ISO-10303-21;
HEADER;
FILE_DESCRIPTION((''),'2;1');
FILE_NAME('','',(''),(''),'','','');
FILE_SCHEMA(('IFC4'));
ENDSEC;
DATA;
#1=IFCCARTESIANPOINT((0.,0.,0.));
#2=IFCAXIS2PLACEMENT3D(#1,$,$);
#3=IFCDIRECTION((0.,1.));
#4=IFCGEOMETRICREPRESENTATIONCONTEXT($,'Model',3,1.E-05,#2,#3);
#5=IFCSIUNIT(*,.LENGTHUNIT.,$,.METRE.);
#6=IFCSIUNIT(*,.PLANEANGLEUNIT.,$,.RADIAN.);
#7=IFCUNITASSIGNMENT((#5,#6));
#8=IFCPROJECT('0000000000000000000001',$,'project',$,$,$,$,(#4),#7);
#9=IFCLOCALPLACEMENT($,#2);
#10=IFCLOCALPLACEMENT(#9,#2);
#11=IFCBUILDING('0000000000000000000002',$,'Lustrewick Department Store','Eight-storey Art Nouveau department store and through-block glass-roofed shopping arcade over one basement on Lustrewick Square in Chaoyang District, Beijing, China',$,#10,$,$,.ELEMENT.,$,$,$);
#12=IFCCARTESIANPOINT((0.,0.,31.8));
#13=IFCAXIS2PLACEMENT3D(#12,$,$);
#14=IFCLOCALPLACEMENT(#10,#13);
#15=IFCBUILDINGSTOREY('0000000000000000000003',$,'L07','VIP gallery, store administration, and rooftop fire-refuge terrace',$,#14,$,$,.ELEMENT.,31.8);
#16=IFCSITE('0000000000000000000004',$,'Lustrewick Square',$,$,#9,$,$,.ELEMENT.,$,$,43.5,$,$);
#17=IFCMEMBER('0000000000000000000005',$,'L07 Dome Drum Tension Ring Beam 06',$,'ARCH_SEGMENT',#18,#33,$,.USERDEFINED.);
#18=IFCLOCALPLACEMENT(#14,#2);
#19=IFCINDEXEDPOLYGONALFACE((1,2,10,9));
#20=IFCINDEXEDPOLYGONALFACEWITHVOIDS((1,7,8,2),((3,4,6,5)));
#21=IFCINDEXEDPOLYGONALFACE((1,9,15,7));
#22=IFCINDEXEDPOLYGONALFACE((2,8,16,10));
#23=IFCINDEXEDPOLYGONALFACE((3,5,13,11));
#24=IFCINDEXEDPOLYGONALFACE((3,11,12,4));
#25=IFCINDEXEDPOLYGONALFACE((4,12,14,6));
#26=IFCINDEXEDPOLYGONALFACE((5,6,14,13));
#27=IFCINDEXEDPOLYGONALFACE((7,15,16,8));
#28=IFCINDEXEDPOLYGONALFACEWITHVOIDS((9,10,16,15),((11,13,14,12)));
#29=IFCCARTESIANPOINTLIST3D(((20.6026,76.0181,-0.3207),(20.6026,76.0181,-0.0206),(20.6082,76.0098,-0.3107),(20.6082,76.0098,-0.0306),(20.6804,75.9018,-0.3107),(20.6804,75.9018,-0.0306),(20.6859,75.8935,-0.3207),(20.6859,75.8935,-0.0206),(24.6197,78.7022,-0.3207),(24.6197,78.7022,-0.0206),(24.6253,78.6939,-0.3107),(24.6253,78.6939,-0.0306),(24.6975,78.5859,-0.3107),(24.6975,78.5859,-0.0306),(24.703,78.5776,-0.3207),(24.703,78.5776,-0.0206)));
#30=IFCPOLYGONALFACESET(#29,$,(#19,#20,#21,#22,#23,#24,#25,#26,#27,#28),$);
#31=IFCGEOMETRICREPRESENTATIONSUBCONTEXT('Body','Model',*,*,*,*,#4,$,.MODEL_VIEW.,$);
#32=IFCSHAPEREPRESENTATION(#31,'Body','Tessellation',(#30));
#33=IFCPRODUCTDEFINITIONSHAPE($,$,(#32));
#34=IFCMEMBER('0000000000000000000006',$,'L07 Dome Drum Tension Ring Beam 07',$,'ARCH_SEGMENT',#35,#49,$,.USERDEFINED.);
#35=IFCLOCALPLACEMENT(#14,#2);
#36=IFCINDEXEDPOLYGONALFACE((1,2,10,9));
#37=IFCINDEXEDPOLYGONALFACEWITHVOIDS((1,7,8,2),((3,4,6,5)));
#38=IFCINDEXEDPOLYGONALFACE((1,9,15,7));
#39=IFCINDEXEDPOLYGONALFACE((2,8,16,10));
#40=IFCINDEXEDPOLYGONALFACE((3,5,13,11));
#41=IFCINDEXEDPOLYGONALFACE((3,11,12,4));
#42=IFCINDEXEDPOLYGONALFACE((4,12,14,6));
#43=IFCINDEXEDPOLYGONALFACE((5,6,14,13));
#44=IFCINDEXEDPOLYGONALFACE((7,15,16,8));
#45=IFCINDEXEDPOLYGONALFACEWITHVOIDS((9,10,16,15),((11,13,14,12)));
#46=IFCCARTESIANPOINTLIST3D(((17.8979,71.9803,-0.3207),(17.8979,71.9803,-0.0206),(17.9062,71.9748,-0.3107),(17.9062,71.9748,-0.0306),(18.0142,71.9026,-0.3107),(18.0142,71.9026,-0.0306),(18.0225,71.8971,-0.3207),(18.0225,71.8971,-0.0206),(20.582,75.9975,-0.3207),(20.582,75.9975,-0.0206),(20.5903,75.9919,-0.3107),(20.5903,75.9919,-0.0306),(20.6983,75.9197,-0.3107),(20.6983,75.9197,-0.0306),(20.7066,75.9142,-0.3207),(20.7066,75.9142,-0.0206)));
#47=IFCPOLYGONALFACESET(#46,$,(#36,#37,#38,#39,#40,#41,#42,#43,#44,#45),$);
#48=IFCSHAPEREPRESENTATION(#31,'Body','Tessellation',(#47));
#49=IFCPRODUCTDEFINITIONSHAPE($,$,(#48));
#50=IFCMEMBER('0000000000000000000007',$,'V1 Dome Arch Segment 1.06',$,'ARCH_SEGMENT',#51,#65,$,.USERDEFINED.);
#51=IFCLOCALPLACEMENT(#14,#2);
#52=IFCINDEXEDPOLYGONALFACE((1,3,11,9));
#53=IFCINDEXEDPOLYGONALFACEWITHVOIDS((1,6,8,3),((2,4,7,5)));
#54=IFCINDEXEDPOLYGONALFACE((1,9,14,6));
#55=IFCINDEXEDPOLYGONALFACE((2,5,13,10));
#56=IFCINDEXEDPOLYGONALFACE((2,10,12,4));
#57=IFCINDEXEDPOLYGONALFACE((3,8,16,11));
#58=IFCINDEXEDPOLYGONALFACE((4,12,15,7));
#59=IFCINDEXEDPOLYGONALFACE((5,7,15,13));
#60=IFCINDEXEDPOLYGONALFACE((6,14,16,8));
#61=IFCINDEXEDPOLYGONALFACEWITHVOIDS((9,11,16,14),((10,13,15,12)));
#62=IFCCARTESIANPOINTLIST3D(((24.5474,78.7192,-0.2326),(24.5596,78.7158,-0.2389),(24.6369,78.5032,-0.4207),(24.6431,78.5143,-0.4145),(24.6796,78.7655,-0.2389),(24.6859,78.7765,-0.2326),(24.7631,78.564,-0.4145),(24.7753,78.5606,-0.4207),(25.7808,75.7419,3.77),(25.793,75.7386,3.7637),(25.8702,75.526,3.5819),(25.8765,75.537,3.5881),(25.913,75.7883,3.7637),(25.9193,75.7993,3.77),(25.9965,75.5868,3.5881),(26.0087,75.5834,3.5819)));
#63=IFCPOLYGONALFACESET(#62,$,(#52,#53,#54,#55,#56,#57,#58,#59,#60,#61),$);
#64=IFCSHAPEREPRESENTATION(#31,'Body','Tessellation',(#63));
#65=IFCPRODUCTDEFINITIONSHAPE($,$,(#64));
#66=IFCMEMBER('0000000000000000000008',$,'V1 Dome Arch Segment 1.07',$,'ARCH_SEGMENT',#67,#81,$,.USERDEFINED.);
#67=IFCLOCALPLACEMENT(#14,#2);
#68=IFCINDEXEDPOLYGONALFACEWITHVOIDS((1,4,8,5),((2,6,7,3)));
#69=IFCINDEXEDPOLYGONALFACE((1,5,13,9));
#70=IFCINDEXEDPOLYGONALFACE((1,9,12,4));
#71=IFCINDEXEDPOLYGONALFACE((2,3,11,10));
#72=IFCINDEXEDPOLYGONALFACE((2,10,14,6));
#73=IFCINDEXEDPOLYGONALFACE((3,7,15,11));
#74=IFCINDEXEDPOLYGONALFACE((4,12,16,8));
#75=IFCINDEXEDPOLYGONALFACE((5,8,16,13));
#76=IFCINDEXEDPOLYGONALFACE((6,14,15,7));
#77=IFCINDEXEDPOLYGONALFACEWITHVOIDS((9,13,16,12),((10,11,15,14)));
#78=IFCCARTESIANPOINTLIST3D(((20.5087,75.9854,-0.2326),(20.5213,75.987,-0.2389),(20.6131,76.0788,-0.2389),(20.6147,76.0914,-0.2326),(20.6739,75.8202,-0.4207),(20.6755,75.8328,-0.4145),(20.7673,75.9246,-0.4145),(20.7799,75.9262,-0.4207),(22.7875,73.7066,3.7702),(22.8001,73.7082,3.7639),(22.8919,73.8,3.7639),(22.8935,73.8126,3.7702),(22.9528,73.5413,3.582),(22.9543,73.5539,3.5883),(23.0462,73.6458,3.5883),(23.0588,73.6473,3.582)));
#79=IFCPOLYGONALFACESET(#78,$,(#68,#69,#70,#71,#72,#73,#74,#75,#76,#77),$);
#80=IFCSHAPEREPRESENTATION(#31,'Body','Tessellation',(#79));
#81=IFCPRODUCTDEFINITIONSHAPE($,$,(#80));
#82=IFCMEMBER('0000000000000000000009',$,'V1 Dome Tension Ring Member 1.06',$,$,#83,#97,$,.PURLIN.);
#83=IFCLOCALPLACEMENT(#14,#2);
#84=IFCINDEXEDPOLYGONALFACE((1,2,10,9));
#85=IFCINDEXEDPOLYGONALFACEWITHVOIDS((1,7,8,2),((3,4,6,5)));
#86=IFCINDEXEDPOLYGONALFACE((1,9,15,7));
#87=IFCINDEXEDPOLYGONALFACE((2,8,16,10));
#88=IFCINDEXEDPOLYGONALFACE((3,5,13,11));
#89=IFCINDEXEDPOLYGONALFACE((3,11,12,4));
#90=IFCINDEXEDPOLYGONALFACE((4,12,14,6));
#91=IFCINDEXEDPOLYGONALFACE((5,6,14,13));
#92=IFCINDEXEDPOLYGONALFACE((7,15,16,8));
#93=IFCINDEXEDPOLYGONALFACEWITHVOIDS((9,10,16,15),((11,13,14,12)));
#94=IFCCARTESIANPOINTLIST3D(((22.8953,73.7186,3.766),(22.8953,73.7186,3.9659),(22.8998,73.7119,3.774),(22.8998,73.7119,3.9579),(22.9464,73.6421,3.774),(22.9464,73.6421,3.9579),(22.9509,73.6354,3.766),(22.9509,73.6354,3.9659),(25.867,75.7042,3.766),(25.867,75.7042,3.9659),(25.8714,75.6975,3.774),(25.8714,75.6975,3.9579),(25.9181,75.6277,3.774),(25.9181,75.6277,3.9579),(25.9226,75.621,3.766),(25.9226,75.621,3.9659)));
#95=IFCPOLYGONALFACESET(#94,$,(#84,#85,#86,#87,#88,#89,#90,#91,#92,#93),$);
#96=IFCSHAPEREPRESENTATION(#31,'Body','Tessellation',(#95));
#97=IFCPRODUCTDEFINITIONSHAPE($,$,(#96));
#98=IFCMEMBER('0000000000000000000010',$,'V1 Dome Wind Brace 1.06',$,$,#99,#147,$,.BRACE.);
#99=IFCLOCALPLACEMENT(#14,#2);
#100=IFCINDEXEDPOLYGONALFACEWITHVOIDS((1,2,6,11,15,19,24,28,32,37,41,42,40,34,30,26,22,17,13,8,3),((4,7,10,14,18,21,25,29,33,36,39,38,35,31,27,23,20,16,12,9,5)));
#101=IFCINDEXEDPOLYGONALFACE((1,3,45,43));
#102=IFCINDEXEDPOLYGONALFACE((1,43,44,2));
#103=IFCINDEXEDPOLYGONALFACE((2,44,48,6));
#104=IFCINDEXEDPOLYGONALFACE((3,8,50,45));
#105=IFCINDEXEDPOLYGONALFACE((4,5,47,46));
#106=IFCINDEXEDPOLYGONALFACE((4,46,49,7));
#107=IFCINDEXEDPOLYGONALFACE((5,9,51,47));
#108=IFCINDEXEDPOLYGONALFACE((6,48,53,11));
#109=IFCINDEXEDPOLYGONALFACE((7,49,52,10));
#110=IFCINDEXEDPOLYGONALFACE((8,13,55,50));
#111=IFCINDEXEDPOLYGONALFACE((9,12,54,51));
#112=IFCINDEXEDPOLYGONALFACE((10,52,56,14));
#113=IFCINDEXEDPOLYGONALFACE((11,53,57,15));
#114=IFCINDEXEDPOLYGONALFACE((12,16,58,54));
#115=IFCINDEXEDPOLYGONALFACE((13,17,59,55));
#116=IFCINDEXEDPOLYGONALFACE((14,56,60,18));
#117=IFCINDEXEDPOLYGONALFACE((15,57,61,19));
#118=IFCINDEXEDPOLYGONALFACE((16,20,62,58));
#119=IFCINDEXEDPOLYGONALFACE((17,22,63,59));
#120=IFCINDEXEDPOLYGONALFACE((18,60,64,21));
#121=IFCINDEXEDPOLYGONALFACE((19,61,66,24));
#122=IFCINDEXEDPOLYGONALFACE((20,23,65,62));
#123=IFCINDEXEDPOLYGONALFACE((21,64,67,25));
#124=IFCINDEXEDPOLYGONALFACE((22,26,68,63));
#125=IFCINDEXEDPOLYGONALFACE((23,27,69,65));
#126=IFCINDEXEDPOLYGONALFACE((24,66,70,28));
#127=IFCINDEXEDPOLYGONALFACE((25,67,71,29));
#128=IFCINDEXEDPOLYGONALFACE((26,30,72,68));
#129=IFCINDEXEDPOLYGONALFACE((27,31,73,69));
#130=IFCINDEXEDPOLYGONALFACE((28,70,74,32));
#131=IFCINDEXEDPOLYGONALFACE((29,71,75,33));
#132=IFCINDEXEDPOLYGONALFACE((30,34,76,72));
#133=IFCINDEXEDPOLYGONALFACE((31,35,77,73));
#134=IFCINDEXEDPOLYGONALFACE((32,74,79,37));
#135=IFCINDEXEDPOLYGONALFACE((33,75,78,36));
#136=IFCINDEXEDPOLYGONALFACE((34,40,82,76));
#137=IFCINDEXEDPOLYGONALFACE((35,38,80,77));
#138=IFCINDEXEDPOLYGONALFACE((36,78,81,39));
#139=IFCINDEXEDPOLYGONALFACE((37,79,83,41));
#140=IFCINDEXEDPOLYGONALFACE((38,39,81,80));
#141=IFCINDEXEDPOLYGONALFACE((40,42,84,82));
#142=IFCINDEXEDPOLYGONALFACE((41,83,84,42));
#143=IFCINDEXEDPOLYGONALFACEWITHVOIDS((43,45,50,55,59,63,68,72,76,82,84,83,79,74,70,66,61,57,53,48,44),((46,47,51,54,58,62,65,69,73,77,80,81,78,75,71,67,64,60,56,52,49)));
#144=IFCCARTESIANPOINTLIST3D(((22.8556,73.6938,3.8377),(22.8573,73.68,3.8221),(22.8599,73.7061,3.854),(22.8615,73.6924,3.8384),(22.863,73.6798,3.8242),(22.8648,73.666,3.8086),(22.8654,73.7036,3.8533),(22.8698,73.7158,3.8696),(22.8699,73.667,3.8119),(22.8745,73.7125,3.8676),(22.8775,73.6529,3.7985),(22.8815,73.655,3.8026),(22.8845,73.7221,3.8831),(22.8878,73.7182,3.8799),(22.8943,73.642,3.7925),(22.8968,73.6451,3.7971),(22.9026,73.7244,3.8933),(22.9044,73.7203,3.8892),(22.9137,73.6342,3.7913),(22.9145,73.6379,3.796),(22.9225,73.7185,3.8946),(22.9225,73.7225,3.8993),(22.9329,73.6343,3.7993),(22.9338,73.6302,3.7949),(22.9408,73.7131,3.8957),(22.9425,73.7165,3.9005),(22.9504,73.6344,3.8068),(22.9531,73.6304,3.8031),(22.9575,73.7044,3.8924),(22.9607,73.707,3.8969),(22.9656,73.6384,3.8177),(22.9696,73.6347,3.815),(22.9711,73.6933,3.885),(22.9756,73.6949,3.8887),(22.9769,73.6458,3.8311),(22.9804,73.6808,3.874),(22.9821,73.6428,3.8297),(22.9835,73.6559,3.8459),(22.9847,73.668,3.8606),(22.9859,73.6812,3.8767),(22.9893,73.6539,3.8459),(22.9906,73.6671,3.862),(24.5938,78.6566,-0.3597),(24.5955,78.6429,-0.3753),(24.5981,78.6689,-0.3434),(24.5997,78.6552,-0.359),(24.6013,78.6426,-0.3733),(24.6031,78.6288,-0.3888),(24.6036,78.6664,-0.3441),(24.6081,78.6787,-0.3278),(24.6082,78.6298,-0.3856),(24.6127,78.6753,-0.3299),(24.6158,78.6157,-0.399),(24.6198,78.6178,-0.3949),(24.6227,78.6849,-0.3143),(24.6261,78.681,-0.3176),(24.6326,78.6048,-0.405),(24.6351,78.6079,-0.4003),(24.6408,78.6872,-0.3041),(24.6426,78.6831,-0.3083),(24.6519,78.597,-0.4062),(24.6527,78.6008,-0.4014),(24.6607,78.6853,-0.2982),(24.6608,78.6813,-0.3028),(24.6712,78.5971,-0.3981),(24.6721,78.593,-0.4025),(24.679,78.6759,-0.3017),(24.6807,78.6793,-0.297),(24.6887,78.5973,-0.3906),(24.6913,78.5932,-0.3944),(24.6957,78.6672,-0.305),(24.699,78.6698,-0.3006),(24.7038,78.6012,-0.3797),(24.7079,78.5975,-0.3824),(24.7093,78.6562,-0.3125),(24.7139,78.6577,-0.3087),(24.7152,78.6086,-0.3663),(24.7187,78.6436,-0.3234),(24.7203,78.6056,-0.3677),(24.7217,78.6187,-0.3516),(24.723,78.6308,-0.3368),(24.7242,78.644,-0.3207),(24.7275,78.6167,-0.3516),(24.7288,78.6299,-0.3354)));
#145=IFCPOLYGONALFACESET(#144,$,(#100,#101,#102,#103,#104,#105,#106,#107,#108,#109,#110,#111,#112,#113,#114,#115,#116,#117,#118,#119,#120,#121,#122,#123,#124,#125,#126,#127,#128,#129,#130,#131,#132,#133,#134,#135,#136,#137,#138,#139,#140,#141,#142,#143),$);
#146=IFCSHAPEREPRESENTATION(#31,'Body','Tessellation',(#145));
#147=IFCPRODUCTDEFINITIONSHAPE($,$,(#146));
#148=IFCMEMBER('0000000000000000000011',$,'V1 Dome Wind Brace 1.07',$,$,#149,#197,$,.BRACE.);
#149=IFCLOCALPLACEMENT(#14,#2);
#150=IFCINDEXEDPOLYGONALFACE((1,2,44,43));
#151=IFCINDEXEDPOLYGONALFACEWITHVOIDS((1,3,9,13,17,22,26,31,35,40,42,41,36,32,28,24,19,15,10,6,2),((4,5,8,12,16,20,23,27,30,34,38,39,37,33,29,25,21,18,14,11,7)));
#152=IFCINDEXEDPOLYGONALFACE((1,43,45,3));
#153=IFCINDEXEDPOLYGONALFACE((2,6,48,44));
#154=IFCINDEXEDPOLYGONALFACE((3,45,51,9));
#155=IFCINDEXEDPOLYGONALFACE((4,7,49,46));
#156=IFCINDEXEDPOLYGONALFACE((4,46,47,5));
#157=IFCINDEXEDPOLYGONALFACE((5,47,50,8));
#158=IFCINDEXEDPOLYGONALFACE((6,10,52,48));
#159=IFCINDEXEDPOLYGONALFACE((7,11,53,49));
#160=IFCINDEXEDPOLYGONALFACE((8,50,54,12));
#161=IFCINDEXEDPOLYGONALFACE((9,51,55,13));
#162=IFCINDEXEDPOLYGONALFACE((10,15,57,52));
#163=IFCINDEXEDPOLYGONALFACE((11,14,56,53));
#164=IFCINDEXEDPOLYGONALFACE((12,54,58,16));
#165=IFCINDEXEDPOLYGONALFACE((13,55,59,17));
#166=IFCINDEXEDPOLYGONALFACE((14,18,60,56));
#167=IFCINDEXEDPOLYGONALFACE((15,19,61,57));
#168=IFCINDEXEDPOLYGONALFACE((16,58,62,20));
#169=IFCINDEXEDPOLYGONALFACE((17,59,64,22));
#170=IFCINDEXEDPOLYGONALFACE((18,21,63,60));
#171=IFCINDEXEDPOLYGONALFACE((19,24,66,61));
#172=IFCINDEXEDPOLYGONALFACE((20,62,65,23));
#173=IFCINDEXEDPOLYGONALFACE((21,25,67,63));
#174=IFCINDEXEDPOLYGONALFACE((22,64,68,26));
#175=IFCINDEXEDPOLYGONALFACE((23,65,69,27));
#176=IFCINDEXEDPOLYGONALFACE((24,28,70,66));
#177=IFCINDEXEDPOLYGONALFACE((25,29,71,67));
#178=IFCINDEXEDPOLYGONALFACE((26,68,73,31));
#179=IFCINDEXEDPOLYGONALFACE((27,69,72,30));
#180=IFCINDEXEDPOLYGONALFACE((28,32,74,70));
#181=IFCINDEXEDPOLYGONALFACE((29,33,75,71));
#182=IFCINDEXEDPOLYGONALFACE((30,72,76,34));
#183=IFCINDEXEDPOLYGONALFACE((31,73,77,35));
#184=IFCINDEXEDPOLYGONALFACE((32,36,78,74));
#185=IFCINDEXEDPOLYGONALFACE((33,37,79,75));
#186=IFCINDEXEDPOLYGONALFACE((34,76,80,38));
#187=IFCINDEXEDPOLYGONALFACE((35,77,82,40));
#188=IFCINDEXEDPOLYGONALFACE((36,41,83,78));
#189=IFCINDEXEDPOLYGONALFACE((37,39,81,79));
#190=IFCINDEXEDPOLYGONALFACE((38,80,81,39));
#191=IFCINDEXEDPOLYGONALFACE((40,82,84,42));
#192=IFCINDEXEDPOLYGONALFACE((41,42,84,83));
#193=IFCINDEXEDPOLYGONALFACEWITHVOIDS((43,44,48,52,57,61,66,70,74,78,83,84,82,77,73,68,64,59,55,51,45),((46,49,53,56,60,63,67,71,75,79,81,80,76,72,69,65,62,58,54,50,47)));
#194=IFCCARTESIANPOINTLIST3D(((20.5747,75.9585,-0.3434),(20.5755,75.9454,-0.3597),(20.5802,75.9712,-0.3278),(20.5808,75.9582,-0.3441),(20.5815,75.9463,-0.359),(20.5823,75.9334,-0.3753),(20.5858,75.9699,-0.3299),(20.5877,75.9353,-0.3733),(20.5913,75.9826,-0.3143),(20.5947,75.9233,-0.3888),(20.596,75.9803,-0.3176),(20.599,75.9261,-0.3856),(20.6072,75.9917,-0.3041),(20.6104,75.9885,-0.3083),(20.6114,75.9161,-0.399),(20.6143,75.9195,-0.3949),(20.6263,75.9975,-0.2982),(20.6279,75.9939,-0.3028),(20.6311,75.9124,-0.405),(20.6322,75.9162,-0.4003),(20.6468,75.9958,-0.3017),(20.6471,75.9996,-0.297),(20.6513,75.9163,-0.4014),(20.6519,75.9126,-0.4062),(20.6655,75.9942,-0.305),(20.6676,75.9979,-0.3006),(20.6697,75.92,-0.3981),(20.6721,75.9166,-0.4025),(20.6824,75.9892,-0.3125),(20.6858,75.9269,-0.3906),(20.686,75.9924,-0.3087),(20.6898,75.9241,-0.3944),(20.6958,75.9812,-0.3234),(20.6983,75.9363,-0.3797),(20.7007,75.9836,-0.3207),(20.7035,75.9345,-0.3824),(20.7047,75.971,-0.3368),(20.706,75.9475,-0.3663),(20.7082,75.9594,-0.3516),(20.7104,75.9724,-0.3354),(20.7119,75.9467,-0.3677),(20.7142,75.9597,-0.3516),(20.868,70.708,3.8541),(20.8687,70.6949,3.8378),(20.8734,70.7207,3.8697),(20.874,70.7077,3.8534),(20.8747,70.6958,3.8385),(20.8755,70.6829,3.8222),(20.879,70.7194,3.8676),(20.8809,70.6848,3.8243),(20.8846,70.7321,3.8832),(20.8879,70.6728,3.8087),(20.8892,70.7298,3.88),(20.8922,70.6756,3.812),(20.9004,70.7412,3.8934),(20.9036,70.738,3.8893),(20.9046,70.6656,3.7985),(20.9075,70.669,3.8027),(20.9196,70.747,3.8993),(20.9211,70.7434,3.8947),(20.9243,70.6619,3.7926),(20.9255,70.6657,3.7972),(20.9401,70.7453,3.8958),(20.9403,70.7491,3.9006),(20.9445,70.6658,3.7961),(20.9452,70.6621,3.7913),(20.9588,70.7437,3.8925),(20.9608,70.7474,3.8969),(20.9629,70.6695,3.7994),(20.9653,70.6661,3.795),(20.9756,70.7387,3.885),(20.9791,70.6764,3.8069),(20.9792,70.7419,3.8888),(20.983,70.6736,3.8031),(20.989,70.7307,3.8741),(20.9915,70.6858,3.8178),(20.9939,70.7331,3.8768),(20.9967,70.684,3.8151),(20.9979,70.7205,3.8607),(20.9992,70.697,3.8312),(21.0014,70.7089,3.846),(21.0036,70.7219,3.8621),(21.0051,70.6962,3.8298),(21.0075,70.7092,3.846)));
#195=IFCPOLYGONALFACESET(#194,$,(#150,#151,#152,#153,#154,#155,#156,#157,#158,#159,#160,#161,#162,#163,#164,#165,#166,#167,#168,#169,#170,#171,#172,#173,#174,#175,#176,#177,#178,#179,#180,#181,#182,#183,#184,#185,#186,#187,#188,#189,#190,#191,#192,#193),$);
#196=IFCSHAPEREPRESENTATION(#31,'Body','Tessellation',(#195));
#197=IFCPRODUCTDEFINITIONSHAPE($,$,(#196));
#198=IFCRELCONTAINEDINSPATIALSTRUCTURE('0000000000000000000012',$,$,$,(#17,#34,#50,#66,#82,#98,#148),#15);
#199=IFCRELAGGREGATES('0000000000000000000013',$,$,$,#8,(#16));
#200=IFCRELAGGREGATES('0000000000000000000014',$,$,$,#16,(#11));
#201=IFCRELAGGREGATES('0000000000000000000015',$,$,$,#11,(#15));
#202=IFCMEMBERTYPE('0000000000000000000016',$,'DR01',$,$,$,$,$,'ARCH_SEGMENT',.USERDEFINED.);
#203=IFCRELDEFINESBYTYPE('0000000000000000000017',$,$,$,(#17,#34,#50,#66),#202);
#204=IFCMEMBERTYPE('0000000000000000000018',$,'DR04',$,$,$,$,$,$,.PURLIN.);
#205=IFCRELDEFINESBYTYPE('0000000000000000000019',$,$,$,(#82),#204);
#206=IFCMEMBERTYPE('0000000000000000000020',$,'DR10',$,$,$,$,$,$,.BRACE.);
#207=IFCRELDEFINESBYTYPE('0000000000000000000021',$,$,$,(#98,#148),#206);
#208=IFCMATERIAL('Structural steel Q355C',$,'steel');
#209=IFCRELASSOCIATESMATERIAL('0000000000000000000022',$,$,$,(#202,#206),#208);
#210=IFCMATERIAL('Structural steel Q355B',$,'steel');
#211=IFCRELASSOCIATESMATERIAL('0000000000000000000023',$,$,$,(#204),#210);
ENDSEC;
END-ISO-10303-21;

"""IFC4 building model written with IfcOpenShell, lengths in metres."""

from ifc_helpers import new_model, si_unit, direction, frame, origin, origin_2d, place, context, subcontext, project, spatial, hollow_rectangle, hollow_circle, extrude, material, material_profile, profile_set, type_object, element, save


model = new_model("IFC4")

# Units and contexts
model_context = context("Model", 3, precision=1e-05, world=origin(), true_north=direction((0.0, 1.0)))
body_context = subcontext(model_context, "Body", "Model", "MODEL_VIEW")
ifc_project = project(units=[si_unit("LENGTHUNIT", "METRE"), si_unit("PLANEANGLEUNIT", "RADIAN")], contexts=[model_context])

# Site, building, storey
site_placement = place(None, origin())
site = spatial("IfcSite", under=ifc_project, at=site_placement, Name="Lustrewick Square", CompositionType="ELEMENT", RefElevation=43.5)
building_placement = place(site_placement, origin())
building = spatial("IfcBuilding", under=site, at=building_placement, Name="Lustrewick Department Store", Description="Eight-storey Art Nouveau department store and through-block glass-roofed shopping arcade over one basement on Lustrewick Square in Chaoyang District, Beijing, China", CompositionType="ELEMENT")
storey_placement = place(building_placement, frame((0.0, 0.0, 31.8)))
storey = spatial("IfcBuildingStorey", under=building, at=storey_placement, Name="L07", Description="VIP gallery, store administration, and rooftop fire-refuge terrace", CompositionType="ELEMENT", Elevation=31.8)

# Members
ifc_material_1 = material(Name="Structural steel Q355C", Category="steel")
ifc_material_profile_1 = material_profile(ifc_material_1, hollow_rectangle(XDim=0.1499, YDim=0.3, WallThickness=0.01, at=origin_2d()), Name="RHS 300x150x10")
ifc_profile_set_1 = profile_set([ifc_material_profile_1], Name="Structural steel Q355C")
member_type_1 = type_object("IfcMemberType", Name="DR01", ElementType="ARCH_SEGMENT", PredefinedType="USERDEFINED", material=ifc_profile_set_1)
for number, where, z_axis, x_axis, name in (
    (1, (24.6614, 78.6399, -0.1707), (-0.831475, -0.555563, 0.0), (0.555563, -0.831475, 0.0), "L07 Dome Drum Tension Ring Beam 06"),
    (2, (20.6443, 75.9558, -0.1707), (-0.555563, -0.831475, 0.0), (0.831475, -0.555563, 0.0), "L07 Dome Drum Tension Ring Beam 07"),
):
    element("IfcMember", number, at=place(storey_placement, frame(where, z_axis=z_axis, x_axis=x_axis)), inside=storey, type_object=member_type_1, Name=name, ObjectType="ARCH_SEGMENT", PredefinedType="USERDEFINED", context=body_context, shape_type="SweptSolid", body=[
        extrude(hollow_rectangle(XDim=0.1499, YDim=0.3, WallThickness=0.01, at=origin_2d()), origin(), (0.0, 0.0, 1.0), 4.8313),
    ])
member_1_placement = place(storey_placement, frame((24.6614, 78.6399, -0.3267), z_axis=(0.240018, -0.579378, 0.778918), x_axis=(0.923862, 0.382726, 0.0)))
element("IfcMember", 3, at=member_1_placement, inside=storey, type_object=member_type_1, Name="V1 Dome Arch Segment 1.06", ObjectType="ARCH_SEGMENT", PredefinedType="USERDEFINED", context=body_context, shape_type="SweptSolid", body=[
    extrude(hollow_rectangle(XDim=0.1499, YDim=0.3, WallThickness=0.01, at=origin_2d()), origin(), (0.0, 0.0, 1.0), 5.1387),
])
member_2_placement = place(storey_placement, frame((20.6443, 75.9558, -0.3267), z_axis=(0.44345, -0.44345, 0.778912), x_axis=(0.707107, 0.707107, 0.0)))
element("IfcMember", 4, at=member_2_placement, inside=storey, type_object=member_type_1, Name="V1 Dome Arch Segment 1.07", ObjectType="ARCH_SEGMENT", PredefinedType="USERDEFINED", context=body_context, shape_type="SweptSolid", body=[
    extrude(hollow_rectangle(XDim=0.1499, YDim=0.3, WallThickness=0.01, at=origin_2d()), origin(), (0.0, 0.0, 1.0), 5.1389),
])
ifc_material_2 = material(Name="Structural steel Q355B", Category="steel")
ifc_material_profile_2 = material_profile(ifc_material_2, hollow_rectangle(XDim=0.1001, YDim=0.2, WallThickness=0.0081, at=origin_2d()), Name="RHS 200x100x8")
ifc_profile_set_2 = profile_set([ifc_material_profile_2], Name="Structural steel Q355B")
member_type_2 = type_object("IfcMemberType", Name="DR04", PredefinedType="PURLIN", material=ifc_profile_set_2)
member_3_placement = place(storey_placement, frame((25.8948, 75.6626, 3.866), z_axis=(-0.831472, -0.555567, 0.0), x_axis=(0.555567, -0.831472, 0.0)))
element("IfcMember", 5, at=member_3_placement, inside=storey, type_object=member_type_2, Name="V1 Dome Tension Ring Member 1.06", PredefinedType="PURLIN", context=body_context, shape_type="SweptSolid", body=[
    extrude(hollow_rectangle(XDim=0.1001, YDim=0.2, WallThickness=0.0081, at=origin_2d()), origin(), (0.0, 0.0, 1.0), 3.574),
])
ifc_material_profile_3 = material_profile(ifc_material_1, hollow_circle(Radius=0.0701, WallThickness=0.0061, at=origin_2d()), Name="CHS 140x6")
ifc_profile_set_3 = profile_set([ifc_material_profile_3], Name="Structural steel Q355C")
member_type_3 = type_object("IfcMemberType", Name="DR10", PredefinedType="BRACE", material=ifc_profile_set_3)
member_4_placement = place(storey_placement, frame((24.6614, 78.6399, -0.3516), z_axis=(-0.258351, -0.737606, 0.623852), x_axis=(0.943783, -0.330565, 0.0)))
element("IfcMember", 6, at=member_4_placement, inside=storey, type_object=member_type_3, Name="V1 Dome Wind Brace 1.06", PredefinedType="BRACE", context=body_context, shape_type="SweptSolid", body=[
    extrude(hollow_circle(Radius=0.0701, WallThickness=0.0061, at=origin_2d()), origin(), (0.0, 0.0, 1.0), 6.7283),
])
member_5_placement = place(storey_placement, frame((20.6443, 75.9558, -0.3516), z_axis=(0.043578, -0.780336, 0.623841), x_axis=(0.998444, 0.055758, 0.0)))
element("IfcMember", 7, at=member_5_placement, inside=storey, type_object=member_type_3, Name="V1 Dome Wind Brace 1.07", PredefinedType="BRACE", context=body_context, shape_type="SweptSolid", body=[
    extrude(hollow_circle(Radius=0.0701, WallThickness=0.0061, at=origin_2d()), origin(), (0.0, 0.0, 1.0), 6.7285),
])

save(model, "model.ifc")
